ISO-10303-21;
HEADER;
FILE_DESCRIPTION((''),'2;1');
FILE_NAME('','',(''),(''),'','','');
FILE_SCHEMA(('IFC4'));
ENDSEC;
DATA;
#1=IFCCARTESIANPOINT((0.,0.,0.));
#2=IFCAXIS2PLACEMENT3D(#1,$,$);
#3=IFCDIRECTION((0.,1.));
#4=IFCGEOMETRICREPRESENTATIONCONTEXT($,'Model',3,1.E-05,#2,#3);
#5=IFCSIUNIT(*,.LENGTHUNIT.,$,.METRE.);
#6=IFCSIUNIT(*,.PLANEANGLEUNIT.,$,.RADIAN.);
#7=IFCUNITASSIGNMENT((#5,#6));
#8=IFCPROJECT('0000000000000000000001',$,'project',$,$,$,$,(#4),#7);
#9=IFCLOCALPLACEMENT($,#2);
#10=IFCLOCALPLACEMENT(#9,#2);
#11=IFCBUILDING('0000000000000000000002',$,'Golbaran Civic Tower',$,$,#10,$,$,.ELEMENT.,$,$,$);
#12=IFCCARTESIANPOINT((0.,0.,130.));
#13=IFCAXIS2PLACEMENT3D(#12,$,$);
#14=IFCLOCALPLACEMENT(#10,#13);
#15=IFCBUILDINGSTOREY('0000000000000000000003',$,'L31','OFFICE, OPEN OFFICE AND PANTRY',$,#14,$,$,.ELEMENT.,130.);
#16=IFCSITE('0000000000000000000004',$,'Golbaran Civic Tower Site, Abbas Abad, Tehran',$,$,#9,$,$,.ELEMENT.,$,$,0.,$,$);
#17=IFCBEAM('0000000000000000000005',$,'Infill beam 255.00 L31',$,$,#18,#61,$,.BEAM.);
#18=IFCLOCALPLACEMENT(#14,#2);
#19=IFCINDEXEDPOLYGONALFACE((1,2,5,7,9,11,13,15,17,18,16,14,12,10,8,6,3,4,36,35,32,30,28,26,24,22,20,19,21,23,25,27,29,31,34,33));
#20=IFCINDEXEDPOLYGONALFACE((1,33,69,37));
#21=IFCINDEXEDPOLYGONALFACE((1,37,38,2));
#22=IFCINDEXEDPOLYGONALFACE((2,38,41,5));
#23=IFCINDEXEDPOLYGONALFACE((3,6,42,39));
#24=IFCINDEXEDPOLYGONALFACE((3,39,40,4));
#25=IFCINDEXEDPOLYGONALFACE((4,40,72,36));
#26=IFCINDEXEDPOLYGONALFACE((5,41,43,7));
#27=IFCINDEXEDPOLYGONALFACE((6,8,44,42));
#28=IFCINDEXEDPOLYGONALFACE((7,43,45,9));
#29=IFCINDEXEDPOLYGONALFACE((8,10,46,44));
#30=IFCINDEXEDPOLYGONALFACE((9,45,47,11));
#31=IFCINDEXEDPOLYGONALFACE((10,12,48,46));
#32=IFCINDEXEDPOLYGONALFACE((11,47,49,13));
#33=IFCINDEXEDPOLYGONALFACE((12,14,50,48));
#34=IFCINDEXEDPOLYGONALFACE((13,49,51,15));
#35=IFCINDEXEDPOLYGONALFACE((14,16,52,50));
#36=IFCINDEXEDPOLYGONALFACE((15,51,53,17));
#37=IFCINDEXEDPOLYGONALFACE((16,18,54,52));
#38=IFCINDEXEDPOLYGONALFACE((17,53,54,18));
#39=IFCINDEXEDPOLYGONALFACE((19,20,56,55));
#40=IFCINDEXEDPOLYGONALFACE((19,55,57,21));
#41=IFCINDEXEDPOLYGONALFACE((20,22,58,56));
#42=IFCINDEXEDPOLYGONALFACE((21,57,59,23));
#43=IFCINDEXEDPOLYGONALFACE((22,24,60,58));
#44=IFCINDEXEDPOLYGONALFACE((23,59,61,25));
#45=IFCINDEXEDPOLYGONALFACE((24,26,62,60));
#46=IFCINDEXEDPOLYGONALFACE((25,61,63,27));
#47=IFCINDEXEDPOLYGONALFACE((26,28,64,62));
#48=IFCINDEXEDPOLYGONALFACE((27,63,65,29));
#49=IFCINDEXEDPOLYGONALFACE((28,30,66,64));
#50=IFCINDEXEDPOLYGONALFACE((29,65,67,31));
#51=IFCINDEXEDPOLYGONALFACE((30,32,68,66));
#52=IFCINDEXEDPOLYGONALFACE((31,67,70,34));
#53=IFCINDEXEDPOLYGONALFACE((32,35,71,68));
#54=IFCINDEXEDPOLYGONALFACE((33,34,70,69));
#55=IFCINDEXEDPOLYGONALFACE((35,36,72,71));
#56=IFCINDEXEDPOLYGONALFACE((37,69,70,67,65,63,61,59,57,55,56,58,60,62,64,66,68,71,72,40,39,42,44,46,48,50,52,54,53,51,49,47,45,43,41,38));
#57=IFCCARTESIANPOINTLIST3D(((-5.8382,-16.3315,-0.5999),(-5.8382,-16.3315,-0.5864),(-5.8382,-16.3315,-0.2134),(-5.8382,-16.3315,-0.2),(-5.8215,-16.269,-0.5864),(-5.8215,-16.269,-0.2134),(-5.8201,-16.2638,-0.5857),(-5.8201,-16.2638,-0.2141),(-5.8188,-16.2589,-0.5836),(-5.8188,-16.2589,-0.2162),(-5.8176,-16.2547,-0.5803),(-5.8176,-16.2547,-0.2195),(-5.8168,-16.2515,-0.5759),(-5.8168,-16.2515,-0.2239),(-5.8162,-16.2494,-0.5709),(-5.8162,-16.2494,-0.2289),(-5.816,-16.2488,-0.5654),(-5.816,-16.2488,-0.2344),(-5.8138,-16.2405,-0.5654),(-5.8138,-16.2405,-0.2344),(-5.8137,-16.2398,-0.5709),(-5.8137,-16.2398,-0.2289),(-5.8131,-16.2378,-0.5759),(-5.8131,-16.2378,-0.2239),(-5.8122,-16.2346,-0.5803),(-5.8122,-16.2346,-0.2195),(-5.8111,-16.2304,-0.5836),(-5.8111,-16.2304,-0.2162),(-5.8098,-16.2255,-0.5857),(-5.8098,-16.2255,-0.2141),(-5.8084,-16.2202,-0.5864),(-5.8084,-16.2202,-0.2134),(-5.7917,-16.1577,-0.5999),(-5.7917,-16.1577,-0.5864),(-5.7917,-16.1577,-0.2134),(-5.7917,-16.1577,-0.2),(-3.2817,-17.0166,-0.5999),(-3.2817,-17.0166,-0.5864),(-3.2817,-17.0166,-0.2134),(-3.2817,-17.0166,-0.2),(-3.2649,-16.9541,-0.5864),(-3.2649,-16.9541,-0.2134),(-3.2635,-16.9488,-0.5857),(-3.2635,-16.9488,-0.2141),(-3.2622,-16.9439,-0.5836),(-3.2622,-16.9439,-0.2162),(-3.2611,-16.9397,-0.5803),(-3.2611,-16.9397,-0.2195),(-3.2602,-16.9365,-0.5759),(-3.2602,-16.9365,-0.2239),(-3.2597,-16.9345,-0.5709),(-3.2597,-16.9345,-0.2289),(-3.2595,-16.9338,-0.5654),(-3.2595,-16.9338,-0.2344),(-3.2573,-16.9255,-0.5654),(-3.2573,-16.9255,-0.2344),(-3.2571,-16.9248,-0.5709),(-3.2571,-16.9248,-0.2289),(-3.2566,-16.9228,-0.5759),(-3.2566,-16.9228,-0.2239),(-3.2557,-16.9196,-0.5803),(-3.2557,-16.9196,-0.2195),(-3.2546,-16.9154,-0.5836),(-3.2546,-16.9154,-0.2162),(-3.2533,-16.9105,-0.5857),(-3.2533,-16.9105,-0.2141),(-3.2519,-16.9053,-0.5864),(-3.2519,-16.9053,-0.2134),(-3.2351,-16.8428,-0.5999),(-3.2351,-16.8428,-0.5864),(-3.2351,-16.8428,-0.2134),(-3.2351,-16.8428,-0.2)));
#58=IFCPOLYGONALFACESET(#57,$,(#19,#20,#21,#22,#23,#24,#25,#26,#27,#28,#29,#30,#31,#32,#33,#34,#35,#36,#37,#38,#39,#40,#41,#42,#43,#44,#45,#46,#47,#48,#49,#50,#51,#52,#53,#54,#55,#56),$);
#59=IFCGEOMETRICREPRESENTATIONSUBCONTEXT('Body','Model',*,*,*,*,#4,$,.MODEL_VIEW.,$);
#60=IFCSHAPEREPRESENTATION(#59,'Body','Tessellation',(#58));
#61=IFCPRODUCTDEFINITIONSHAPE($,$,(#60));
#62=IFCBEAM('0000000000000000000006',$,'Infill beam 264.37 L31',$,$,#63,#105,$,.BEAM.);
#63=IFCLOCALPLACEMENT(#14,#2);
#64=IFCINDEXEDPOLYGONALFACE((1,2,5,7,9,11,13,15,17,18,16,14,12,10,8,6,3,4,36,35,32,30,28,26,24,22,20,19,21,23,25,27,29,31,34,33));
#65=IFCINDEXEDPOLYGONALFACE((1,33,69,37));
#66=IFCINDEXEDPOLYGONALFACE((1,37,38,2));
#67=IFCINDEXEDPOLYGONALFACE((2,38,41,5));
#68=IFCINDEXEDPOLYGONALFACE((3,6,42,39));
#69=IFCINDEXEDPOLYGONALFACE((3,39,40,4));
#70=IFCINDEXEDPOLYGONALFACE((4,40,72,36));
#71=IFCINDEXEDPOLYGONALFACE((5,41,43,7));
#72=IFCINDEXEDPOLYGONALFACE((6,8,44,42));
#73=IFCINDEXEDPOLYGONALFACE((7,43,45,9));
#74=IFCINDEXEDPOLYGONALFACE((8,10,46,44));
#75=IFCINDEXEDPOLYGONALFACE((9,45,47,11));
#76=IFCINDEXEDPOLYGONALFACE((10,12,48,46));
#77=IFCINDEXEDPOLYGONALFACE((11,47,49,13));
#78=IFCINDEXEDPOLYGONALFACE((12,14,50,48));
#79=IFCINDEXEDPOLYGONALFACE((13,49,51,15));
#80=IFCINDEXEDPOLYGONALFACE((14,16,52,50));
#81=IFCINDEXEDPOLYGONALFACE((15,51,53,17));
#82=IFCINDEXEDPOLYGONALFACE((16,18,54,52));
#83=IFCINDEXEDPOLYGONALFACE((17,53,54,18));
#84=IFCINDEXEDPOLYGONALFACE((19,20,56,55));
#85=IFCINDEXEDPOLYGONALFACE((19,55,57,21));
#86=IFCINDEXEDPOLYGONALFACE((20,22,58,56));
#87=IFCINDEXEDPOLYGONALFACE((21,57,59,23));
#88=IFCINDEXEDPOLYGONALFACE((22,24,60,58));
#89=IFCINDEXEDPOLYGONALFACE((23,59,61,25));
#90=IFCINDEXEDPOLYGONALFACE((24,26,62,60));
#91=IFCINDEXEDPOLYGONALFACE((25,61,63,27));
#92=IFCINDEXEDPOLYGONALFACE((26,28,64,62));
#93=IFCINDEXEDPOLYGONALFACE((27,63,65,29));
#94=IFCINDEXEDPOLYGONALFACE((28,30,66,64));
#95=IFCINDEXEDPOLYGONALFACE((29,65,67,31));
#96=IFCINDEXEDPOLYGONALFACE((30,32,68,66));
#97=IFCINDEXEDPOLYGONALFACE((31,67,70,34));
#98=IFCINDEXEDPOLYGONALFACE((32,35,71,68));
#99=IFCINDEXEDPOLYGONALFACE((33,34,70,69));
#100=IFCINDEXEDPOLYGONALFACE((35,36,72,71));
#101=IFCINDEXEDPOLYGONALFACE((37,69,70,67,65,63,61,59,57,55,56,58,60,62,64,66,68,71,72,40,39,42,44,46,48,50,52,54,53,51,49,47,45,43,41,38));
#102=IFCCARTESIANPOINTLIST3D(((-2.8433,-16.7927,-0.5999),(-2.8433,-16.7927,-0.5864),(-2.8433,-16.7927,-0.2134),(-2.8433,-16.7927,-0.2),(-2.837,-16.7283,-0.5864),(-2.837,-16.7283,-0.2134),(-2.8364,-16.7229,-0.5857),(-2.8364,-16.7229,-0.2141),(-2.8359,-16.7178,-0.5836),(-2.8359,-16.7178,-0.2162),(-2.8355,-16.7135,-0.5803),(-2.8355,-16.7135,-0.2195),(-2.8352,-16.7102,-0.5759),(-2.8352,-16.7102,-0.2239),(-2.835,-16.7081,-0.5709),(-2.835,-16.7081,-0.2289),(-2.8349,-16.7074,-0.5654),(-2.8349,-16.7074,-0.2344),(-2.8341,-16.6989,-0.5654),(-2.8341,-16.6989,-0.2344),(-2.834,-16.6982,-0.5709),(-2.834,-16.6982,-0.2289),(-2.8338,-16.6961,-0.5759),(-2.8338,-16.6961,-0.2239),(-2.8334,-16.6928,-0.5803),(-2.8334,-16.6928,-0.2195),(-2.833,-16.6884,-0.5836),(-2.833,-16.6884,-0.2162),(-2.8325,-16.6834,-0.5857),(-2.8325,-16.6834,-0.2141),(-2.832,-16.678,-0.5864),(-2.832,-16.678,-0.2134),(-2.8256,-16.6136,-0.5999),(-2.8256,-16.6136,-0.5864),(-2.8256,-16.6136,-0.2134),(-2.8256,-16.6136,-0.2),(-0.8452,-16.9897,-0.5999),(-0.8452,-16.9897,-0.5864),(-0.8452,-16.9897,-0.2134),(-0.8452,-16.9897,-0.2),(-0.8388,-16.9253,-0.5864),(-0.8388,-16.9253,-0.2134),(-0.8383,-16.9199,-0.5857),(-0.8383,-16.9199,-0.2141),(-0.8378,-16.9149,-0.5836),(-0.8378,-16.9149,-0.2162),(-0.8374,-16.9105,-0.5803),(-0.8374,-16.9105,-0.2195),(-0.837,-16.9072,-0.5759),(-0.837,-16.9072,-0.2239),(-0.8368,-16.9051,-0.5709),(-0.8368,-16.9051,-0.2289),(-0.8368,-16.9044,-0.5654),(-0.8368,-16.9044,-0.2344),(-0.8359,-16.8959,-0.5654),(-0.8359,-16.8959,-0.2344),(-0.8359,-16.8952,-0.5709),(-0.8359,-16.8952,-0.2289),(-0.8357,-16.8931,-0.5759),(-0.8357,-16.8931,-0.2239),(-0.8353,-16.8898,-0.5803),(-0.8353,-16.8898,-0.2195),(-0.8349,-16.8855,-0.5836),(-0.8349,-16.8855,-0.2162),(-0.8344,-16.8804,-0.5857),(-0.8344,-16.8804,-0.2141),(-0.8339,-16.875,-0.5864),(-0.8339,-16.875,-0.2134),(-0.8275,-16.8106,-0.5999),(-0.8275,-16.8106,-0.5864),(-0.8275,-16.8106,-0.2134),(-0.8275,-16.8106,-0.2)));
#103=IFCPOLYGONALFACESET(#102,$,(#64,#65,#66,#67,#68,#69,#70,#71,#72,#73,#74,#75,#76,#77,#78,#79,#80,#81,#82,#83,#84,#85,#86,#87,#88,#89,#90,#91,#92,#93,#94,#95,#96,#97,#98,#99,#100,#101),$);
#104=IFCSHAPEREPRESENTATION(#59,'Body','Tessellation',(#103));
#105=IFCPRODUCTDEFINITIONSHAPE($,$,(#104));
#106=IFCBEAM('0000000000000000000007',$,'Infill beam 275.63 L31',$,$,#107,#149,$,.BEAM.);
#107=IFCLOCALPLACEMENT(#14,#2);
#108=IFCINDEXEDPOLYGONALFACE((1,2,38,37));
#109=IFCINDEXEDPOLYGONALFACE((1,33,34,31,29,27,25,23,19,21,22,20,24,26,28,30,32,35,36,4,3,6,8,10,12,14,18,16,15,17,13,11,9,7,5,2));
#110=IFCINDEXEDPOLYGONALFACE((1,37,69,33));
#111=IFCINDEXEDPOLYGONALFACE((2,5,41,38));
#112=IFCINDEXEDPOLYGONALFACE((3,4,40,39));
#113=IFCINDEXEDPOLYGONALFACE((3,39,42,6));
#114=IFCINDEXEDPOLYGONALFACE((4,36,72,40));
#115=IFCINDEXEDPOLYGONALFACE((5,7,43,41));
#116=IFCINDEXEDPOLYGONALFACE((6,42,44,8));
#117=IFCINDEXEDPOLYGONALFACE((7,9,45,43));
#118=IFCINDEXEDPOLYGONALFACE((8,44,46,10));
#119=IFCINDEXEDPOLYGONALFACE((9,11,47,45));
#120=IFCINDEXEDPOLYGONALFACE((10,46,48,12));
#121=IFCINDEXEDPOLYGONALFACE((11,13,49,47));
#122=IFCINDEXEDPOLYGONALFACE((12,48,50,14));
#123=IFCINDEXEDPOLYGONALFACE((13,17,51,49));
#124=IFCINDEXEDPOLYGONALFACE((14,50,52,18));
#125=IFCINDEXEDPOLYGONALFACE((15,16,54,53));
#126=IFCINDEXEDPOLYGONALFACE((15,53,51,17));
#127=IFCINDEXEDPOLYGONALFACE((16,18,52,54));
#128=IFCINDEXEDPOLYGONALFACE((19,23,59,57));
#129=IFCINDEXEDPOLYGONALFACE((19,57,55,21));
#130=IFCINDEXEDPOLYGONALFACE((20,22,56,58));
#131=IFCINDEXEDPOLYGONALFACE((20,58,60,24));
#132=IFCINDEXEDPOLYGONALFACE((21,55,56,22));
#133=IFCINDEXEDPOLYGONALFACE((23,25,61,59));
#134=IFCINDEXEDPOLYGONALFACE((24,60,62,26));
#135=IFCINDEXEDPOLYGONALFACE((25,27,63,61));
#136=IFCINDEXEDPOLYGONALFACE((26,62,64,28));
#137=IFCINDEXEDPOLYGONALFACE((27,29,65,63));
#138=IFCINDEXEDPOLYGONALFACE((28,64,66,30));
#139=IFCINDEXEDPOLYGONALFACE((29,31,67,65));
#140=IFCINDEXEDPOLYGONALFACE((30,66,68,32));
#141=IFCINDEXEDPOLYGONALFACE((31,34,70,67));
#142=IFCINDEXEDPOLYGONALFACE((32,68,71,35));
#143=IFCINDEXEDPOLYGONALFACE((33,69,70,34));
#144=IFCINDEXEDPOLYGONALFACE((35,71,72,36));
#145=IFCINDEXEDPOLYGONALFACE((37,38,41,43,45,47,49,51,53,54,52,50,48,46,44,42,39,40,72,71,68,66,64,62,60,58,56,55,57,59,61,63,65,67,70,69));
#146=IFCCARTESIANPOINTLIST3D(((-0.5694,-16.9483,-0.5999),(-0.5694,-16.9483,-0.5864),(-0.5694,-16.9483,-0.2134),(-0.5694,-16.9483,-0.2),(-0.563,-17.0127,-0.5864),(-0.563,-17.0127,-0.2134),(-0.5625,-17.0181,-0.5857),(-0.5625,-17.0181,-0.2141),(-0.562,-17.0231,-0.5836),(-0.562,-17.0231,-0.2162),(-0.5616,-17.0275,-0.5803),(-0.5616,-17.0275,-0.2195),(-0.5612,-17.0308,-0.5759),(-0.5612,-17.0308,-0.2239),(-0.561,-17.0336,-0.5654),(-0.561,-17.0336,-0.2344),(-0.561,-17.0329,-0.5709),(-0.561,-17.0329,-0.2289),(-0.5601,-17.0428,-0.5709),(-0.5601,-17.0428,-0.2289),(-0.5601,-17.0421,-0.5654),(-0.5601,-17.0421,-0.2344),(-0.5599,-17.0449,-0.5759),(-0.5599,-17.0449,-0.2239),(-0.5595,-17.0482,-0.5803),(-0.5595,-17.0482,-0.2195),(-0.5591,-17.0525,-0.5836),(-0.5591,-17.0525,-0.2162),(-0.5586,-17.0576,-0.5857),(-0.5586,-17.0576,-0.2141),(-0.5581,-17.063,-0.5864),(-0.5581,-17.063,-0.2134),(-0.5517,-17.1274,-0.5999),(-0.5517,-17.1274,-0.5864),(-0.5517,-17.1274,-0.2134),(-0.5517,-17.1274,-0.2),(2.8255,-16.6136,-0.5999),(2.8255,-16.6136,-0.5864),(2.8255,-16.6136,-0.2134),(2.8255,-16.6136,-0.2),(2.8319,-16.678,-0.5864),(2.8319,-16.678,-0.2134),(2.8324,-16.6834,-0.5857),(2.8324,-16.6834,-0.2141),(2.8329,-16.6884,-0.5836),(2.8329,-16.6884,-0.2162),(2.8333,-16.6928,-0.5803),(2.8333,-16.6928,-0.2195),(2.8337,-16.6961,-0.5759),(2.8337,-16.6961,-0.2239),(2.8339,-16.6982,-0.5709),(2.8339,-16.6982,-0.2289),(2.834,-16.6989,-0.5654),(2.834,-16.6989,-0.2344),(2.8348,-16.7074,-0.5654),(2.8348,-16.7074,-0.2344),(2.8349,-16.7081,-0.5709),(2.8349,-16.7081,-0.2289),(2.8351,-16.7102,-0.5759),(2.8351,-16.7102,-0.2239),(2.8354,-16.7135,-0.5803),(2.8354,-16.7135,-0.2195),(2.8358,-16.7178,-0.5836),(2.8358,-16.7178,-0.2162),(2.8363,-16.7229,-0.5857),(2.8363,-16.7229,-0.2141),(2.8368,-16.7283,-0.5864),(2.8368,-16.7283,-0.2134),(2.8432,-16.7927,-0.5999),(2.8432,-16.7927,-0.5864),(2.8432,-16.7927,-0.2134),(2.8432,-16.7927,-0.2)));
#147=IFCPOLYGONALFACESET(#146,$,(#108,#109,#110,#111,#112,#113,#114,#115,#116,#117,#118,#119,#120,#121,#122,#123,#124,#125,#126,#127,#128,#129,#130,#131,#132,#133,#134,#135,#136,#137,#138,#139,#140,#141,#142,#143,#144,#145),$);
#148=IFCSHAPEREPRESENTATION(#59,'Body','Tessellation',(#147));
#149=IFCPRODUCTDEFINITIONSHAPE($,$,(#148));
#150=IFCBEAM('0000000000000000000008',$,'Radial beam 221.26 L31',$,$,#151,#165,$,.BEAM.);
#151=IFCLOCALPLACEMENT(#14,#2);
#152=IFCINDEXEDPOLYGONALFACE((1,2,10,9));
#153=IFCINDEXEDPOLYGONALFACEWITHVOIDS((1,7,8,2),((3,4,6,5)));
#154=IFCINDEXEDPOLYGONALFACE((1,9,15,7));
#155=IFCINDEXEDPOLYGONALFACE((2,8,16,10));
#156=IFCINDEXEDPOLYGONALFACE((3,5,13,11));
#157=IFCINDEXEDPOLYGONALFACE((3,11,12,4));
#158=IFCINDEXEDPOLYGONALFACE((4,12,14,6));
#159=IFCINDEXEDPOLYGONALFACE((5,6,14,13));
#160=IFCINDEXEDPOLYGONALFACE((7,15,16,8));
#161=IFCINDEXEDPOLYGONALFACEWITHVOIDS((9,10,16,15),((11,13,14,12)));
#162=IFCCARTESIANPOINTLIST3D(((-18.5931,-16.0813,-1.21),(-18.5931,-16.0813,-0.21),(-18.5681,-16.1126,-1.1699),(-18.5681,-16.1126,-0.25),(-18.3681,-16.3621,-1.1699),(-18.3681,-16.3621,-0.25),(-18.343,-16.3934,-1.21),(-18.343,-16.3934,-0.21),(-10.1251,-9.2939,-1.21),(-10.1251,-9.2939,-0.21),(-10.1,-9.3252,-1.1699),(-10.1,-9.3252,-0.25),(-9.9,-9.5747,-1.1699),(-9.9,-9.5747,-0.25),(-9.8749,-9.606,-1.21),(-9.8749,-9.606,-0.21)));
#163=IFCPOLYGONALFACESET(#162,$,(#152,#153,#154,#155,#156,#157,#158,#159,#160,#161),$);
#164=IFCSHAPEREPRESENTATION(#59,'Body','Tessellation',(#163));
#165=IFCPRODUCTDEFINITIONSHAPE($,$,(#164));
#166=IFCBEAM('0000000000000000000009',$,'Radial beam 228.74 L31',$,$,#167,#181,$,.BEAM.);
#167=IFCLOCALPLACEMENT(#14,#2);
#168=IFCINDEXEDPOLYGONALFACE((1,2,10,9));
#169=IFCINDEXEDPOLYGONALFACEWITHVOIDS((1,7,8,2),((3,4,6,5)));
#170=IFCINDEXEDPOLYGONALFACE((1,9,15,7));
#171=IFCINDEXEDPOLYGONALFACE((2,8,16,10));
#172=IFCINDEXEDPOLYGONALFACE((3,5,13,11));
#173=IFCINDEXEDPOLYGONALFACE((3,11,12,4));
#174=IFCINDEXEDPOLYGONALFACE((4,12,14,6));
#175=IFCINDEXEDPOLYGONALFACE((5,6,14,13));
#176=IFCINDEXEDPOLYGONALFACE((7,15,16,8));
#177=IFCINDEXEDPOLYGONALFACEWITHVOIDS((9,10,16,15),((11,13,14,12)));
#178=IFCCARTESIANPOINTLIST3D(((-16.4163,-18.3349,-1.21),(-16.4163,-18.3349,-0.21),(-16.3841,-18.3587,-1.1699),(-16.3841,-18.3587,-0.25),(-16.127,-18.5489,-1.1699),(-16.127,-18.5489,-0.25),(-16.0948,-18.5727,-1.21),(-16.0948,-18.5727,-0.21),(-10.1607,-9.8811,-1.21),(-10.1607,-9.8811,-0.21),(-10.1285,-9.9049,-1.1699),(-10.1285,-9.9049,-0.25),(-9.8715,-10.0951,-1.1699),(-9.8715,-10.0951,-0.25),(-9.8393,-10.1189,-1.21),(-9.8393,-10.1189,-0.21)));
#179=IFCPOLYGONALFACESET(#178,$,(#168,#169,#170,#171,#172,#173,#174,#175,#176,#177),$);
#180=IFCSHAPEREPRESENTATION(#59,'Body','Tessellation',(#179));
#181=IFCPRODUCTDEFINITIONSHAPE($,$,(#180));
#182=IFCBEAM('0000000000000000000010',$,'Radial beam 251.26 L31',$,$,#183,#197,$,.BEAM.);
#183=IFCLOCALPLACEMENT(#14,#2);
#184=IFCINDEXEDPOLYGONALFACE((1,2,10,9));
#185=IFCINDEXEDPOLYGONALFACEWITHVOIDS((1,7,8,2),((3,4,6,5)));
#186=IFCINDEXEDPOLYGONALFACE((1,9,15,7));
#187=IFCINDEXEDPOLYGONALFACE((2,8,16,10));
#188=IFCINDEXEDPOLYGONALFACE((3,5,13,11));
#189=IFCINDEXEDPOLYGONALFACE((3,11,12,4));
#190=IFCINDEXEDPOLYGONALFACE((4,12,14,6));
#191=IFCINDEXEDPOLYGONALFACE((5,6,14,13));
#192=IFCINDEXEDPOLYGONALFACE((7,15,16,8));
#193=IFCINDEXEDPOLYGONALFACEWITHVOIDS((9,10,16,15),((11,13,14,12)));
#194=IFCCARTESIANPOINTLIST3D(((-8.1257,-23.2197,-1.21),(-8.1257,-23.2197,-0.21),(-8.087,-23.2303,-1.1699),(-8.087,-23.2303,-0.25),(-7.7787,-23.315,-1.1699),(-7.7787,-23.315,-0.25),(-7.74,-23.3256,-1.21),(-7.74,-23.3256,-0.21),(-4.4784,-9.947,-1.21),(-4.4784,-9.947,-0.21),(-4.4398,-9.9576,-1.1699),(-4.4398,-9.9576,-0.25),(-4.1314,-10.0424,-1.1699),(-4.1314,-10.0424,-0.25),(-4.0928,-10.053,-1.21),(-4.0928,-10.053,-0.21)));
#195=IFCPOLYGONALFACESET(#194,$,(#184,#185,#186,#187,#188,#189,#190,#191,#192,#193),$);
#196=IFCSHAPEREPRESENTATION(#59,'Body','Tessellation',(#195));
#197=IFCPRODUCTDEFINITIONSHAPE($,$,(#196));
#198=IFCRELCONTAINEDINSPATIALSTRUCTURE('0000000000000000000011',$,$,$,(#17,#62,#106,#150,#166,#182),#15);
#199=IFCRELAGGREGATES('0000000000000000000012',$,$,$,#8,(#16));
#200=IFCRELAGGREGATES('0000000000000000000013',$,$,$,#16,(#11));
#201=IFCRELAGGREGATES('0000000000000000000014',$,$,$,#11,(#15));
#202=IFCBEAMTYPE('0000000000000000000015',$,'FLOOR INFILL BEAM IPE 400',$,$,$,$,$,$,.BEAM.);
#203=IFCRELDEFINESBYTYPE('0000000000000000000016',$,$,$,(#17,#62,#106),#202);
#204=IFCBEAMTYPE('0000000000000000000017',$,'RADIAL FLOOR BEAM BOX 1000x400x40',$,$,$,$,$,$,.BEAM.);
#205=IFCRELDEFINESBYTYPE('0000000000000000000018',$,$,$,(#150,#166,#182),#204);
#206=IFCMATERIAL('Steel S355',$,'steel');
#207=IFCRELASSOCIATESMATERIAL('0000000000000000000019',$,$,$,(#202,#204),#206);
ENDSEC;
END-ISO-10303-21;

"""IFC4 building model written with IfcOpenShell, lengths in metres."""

from ifc_helpers import new_model, si_unit, direction, frame, origin, origin_2d, place, context, subcontext, project, spatial, hollow_rectangle, i_section, extrude, material, material_profile, profile_set, type_object, element, save


model = new_model("IFC4")

# Units and contexts
model_context = context("Model", 3, precision=1e-05, world=origin(), true_north=direction((0.0, 1.0)))
body_context = subcontext(model_context, "Body", "Model", "MODEL_VIEW")
ifc_project = project(units=[si_unit("LENGTHUNIT", "METRE"), si_unit("PLANEANGLEUNIT", "RADIAN")], contexts=[model_context])

# Site, building, storey
site_placement = place(None, origin())
site = spatial("IfcSite", under=ifc_project, at=site_placement, Name="Golbaran Civic Tower Site, Abbas Abad, Tehran", CompositionType="ELEMENT", RefElevation=0.0)
building_placement = place(site_placement, origin())
building = spatial("IfcBuilding", under=site, at=building_placement, Name="Golbaran Civic Tower", CompositionType="ELEMENT")
storey_placement = place(building_placement, frame((0.0, 0.0, 130.0)))
storey = spatial("IfcBuildingStorey", under=building, at=storey_placement, Name="L31", Description="OFFICE, OPEN OFFICE AND PANTRY", CompositionType="ELEMENT", Elevation=130.0)

# Beams
ifc_material_1 = material(Name="Steel S355", Category="steel")
ifc_material_profile_1 = material_profile(ifc_material_1, i_section(OverallWidth=0.1799, OverallDepth=0.3999, WebThickness=0.0085, FlangeThickness=0.0134, FilletRadius=0.021, at=origin_2d()), Name="IPE 400")
ifc_profile_set_1 = profile_set([ifc_material_profile_1], Name="Steel S355")
beam_type_1 = type_object("IfcBeamType", Name="FLOOR INFILL BEAM IPE 400", PredefinedType="BEAM", material=ifc_profile_set_1)
beam_1_placement = place(storey_placement, frame((-5.8149, -16.2446, -0.3999), z_axis=(0.965925, -0.258822, 0.0), x_axis=(0.258822, 0.965925, 0.0)))
element("IfcBeam", 1, at=beam_1_placement, inside=storey, type_object=beam_type_1, Name="Infill beam 255.00 L31", PredefinedType="BEAM", context=body_context, shape_type="SweptSolid", body=[
    extrude(i_section(OverallWidth=0.1799, OverallDepth=0.3999, WebThickness=0.0085, FlangeThickness=0.0134, FilletRadius=0.021, at=origin_2d()), origin(), (0.0, 0.0, 1.0), 2.6467),
])
beam_2_placement = place(storey_placement, frame((-2.8345, -16.7031, -0.3999), z_axis=(0.995173, -0.098131, 0.0), x_axis=(0.098131, 0.995173, 0.0)))
element("IfcBeam", 2, at=beam_2_placement, inside=storey, type_object=beam_type_1, Name="Infill beam 264.37 L31", PredefinedType="BEAM", context=body_context, shape_type="SweptSolid", body=[
    extrude(i_section(OverallWidth=0.1799, OverallDepth=0.3999, WebThickness=0.0085, FlangeThickness=0.0134, FilletRadius=0.021, at=origin_2d()), origin(), (0.0, 0.0, 1.0), 2.0078),
])
beam_3_placement = place(storey_placement, frame((-0.5605, -17.0378, -0.3999), z_axis=(0.995175, 0.098115, 0.0), x_axis=(-0.098115, 0.995175, 0.0)))
element("IfcBeam", 3, at=beam_3_placement, inside=storey, type_object=beam_type_1, Name="Infill beam 275.63 L31", PredefinedType="BEAM", context=body_context, shape_type="SweptSolid", body=[
    extrude(i_section(OverallWidth=0.1799, OverallDepth=0.3999, WebThickness=0.0085, FlangeThickness=0.0134, FilletRadius=0.021, at=origin_2d()), origin(), (0.0, 0.0, 1.0), 3.4114),
])
ifc_material_profile_2 = material_profile(ifc_material_1, hollow_rectangle(XDim=0.3999, YDim=1.0, WallThickness=0.04, at=origin_2d()), Name="BOX 1000x400x40")
ifc_profile_set_2 = profile_set([ifc_material_profile_2], Name="Steel S355")
beam_type_2 = type_object("IfcBeamType", Name="RADIAL FLOOR BEAM BOX 1000x400x40", PredefinedType="BEAM", material=ifc_profile_set_2)
beam_4_placement = place(storey_placement, frame((-10.0, -9.45, -0.71), z_axis=(-0.780287, -0.625422, 0.0), x_axis=(0.625422, -0.780287, 0.0)))
element("IfcBeam", 4, at=beam_4_placement, inside=storey, type_object=beam_type_2, Name="Radial beam 221.26 L31", PredefinedType="BEAM", context=body_context, shape_type="SweptSolid", body=[
    extrude(hollow_rectangle(XDim=0.3999, YDim=1.0, WallThickness=0.04, at=origin_2d()), origin(), (0.0, 0.0, 1.0), 10.8525),
])
beam_5_placement = place(storey_placement, frame((-10.0, -10.0, -0.71), z_axis=(-0.594828, -0.803853, 0.0), x_axis=(0.803853, -0.594828, 0.0)))
element("IfcBeam", 5, at=beam_5_placement, inside=storey, type_object=beam_type_2, Name="Radial beam 228.74 L31", PredefinedType="BEAM", context=body_context, shape_type="SweptSolid", body=[
    extrude(hollow_rectangle(XDim=0.3999, YDim=1.0, WallThickness=0.04, at=origin_2d()), origin(), (0.0, 0.0, 1.0), 10.5166),
])
beam_6_placement = place(storey_placement, frame((-4.2856, -10.0, -0.71), z_axis=(-0.264969, -0.964257, 0.0), x_axis=(0.964257, -0.264969, 0.0)))
element("IfcBeam", 6, at=beam_6_placement, inside=storey, type_object=beam_type_2, Name="Radial beam 251.26 L31", PredefinedType="BEAM", context=body_context, shape_type="SweptSolid", body=[
    extrude(hollow_rectangle(XDim=0.3999, YDim=1.0, WallThickness=0.04, at=origin_2d()), origin(), (0.0, 0.0, 1.0), 13.7646),
])

save(model, "model.ifc")
